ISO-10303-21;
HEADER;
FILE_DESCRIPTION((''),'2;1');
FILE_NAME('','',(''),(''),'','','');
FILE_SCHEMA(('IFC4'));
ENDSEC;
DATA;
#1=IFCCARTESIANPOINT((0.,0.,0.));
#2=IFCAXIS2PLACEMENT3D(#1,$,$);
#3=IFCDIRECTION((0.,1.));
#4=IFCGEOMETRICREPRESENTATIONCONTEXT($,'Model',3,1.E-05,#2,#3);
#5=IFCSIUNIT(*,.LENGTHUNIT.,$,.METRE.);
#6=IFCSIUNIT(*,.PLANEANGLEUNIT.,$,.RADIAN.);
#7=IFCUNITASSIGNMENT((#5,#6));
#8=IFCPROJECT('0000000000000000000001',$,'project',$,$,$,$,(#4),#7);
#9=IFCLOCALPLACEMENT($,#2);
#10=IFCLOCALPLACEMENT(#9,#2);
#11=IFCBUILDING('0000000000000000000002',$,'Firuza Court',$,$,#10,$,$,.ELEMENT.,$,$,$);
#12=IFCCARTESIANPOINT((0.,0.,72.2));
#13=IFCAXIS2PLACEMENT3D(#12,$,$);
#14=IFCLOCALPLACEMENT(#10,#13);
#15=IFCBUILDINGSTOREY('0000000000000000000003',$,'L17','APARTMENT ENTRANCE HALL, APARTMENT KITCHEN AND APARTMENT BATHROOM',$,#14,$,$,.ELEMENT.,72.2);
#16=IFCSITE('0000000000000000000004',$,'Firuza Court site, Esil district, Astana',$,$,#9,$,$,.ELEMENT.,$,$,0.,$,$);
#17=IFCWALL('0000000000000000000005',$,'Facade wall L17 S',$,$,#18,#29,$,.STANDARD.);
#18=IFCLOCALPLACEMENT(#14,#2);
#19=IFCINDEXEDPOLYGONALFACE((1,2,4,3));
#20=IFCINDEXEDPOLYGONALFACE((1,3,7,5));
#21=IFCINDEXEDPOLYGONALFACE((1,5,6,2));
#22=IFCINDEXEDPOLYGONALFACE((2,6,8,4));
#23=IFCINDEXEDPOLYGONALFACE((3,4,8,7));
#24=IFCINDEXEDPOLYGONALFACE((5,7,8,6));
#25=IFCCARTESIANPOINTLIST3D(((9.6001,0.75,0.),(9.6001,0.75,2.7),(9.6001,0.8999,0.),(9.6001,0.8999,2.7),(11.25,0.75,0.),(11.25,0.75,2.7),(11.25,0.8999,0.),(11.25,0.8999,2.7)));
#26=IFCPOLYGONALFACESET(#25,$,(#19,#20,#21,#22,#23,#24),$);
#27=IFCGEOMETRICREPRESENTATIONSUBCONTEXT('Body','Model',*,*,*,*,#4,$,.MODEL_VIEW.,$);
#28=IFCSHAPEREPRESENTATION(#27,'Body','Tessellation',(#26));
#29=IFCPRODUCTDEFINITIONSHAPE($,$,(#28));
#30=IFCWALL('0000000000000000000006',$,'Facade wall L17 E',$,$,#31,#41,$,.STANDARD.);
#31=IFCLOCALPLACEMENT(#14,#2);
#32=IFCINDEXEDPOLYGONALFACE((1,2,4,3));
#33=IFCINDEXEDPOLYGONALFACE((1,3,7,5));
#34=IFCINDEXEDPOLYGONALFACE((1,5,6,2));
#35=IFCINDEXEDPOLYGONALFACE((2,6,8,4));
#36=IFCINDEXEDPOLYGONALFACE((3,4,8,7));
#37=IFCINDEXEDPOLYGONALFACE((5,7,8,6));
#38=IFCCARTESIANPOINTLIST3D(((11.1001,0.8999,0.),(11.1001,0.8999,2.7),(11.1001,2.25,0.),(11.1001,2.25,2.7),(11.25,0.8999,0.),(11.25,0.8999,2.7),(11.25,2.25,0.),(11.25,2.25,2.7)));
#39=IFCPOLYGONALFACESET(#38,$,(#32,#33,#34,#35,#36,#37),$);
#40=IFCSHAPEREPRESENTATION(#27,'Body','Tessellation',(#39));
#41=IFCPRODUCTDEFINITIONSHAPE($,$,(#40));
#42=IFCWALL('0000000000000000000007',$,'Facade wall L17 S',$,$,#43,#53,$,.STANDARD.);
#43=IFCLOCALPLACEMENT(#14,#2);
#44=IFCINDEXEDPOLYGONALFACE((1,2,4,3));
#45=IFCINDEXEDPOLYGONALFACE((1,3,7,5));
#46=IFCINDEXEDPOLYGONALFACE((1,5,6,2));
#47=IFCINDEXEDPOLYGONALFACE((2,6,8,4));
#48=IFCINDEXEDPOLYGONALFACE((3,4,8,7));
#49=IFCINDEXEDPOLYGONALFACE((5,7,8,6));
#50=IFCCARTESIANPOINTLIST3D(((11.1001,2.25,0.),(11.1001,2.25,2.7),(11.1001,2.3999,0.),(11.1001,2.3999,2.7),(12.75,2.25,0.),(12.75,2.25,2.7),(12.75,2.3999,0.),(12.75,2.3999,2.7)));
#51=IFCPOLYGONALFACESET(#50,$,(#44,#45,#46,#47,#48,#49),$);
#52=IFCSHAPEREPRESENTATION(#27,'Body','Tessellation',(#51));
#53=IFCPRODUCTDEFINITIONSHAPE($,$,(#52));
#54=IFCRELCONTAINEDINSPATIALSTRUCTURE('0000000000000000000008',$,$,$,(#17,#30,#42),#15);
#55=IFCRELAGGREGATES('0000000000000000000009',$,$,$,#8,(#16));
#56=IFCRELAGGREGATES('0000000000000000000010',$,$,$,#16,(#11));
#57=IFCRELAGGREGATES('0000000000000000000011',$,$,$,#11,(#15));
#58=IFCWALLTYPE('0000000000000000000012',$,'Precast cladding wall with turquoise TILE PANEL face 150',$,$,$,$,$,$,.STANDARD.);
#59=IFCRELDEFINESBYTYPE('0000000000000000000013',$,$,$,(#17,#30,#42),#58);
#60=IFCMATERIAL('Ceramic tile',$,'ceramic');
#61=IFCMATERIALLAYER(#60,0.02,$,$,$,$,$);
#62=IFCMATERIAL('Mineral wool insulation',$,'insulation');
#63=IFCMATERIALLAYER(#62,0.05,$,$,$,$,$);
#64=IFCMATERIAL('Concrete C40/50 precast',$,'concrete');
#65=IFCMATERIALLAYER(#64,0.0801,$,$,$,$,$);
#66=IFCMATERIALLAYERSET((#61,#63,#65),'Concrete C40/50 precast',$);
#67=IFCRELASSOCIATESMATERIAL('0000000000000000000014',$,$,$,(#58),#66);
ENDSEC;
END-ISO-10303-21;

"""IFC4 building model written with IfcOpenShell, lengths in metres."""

from ifc_helpers import new_model, si_unit, direction, frame, frame_2d, origin, place, context, subcontext, project, spatial, rectangle, extrude, material, layer, layer_set, type_object, element, save


model = new_model("IFC4")

# Units and contexts
model_context = context("Model", 3, precision=1e-05, world=origin(), true_north=direction((0.0, 1.0)))
body_context = subcontext(model_context, "Body", "Model", "MODEL_VIEW")
ifc_project = project(units=[si_unit("LENGTHUNIT", "METRE"), si_unit("PLANEANGLEUNIT", "RADIAN")], contexts=[model_context])

# Site, building, storey
site_placement = place(None, origin())
site = spatial("IfcSite", under=ifc_project, at=site_placement, Name="Firuza Court site, Esil district, Astana", CompositionType="ELEMENT", RefElevation=0.0)
building_placement = place(site_placement, origin())
building = spatial("IfcBuilding", under=site, at=building_placement, Name="Firuza Court", CompositionType="ELEMENT")
storey_placement = place(building_placement, frame((0.0, 0.0, 72.2)))
storey = spatial("IfcBuildingStorey", under=building, at=storey_placement, Name="L17", Description="APARTMENT ENTRANCE HALL, APARTMENT KITCHEN AND APARTMENT BATHROOM", CompositionType="ELEMENT", Elevation=72.2)

# Walls
ifc_material_1 = material(Name="Ceramic tile", Category="ceramic")
ifc_layer_1 = layer(ifc_material_1, 0.02)
ifc_material_2 = material(Name="Mineral wool insulation", Category="insulation")
ifc_layer_2 = layer(ifc_material_2, 0.05)
ifc_material_3 = material(Name="Concrete C40/50 precast", Category="concrete")
ifc_layer_3 = layer(ifc_material_3, 0.0801)
ifc_layer_set_1 = layer_set([ifc_layer_1, ifc_layer_2, ifc_layer_3], Name="Concrete C40/50 precast")
wall_type_1 = type_object("IfcWallType", Name="Precast cladding wall with turquoise TILE PANEL face 150", PredefinedType="STANDARD", material=ifc_layer_set_1)
wall_1_placement = place(storey_placement, frame((9.6001, 0.825, 0.0), z_axis=(0.0, 0.0, 1.0), x_axis=(1.0, 0.0, 0.0)))
element("IfcWall", 1, at=wall_1_placement, inside=storey, type_object=wall_type_1, Name="Facade wall L17 S", PredefinedType="STANDARD", context=body_context, shape_type="SweptSolid", body=[
    extrude(rectangle(XDim=1.6499, YDim=0.1499, at=frame_2d((0.825, 0.0))), origin(), (0.0, 0.0, 1.0), 2.7),
])
wall_2_placement = place(storey_placement, frame((11.175, 0.8999, 0.0), z_axis=(0.0, 0.0, 1.0), x_axis=(0.0, 1.0, 0.0)))
element("IfcWall", 2, at=wall_2_placement, inside=storey, type_object=wall_type_1, Name="Facade wall L17 E", PredefinedType="STANDARD", context=body_context, shape_type="SweptSolid", body=[
    extrude(rectangle(XDim=1.3501, YDim=0.1499, at=frame_2d((0.675, 0.0))), origin(), (0.0, 0.0, 1.0), 2.7),
])
wall_3_placement = place(storey_placement, frame((11.1001, 2.325, 0.0), z_axis=(0.0, 0.0, 1.0), x_axis=(1.0, 0.0, 0.0)))
element("IfcWall", 3, at=wall_3_placement, inside=storey, type_object=wall_type_1, Name="Facade wall L17 S", PredefinedType="STANDARD", context=body_context, shape_type="SweptSolid", body=[
    extrude(rectangle(XDim=1.6499, YDim=0.1499, at=frame_2d((0.825, 0.0))), origin(), (0.0, 0.0, 1.0), 2.7),
])

save(model, "model.ifc")
